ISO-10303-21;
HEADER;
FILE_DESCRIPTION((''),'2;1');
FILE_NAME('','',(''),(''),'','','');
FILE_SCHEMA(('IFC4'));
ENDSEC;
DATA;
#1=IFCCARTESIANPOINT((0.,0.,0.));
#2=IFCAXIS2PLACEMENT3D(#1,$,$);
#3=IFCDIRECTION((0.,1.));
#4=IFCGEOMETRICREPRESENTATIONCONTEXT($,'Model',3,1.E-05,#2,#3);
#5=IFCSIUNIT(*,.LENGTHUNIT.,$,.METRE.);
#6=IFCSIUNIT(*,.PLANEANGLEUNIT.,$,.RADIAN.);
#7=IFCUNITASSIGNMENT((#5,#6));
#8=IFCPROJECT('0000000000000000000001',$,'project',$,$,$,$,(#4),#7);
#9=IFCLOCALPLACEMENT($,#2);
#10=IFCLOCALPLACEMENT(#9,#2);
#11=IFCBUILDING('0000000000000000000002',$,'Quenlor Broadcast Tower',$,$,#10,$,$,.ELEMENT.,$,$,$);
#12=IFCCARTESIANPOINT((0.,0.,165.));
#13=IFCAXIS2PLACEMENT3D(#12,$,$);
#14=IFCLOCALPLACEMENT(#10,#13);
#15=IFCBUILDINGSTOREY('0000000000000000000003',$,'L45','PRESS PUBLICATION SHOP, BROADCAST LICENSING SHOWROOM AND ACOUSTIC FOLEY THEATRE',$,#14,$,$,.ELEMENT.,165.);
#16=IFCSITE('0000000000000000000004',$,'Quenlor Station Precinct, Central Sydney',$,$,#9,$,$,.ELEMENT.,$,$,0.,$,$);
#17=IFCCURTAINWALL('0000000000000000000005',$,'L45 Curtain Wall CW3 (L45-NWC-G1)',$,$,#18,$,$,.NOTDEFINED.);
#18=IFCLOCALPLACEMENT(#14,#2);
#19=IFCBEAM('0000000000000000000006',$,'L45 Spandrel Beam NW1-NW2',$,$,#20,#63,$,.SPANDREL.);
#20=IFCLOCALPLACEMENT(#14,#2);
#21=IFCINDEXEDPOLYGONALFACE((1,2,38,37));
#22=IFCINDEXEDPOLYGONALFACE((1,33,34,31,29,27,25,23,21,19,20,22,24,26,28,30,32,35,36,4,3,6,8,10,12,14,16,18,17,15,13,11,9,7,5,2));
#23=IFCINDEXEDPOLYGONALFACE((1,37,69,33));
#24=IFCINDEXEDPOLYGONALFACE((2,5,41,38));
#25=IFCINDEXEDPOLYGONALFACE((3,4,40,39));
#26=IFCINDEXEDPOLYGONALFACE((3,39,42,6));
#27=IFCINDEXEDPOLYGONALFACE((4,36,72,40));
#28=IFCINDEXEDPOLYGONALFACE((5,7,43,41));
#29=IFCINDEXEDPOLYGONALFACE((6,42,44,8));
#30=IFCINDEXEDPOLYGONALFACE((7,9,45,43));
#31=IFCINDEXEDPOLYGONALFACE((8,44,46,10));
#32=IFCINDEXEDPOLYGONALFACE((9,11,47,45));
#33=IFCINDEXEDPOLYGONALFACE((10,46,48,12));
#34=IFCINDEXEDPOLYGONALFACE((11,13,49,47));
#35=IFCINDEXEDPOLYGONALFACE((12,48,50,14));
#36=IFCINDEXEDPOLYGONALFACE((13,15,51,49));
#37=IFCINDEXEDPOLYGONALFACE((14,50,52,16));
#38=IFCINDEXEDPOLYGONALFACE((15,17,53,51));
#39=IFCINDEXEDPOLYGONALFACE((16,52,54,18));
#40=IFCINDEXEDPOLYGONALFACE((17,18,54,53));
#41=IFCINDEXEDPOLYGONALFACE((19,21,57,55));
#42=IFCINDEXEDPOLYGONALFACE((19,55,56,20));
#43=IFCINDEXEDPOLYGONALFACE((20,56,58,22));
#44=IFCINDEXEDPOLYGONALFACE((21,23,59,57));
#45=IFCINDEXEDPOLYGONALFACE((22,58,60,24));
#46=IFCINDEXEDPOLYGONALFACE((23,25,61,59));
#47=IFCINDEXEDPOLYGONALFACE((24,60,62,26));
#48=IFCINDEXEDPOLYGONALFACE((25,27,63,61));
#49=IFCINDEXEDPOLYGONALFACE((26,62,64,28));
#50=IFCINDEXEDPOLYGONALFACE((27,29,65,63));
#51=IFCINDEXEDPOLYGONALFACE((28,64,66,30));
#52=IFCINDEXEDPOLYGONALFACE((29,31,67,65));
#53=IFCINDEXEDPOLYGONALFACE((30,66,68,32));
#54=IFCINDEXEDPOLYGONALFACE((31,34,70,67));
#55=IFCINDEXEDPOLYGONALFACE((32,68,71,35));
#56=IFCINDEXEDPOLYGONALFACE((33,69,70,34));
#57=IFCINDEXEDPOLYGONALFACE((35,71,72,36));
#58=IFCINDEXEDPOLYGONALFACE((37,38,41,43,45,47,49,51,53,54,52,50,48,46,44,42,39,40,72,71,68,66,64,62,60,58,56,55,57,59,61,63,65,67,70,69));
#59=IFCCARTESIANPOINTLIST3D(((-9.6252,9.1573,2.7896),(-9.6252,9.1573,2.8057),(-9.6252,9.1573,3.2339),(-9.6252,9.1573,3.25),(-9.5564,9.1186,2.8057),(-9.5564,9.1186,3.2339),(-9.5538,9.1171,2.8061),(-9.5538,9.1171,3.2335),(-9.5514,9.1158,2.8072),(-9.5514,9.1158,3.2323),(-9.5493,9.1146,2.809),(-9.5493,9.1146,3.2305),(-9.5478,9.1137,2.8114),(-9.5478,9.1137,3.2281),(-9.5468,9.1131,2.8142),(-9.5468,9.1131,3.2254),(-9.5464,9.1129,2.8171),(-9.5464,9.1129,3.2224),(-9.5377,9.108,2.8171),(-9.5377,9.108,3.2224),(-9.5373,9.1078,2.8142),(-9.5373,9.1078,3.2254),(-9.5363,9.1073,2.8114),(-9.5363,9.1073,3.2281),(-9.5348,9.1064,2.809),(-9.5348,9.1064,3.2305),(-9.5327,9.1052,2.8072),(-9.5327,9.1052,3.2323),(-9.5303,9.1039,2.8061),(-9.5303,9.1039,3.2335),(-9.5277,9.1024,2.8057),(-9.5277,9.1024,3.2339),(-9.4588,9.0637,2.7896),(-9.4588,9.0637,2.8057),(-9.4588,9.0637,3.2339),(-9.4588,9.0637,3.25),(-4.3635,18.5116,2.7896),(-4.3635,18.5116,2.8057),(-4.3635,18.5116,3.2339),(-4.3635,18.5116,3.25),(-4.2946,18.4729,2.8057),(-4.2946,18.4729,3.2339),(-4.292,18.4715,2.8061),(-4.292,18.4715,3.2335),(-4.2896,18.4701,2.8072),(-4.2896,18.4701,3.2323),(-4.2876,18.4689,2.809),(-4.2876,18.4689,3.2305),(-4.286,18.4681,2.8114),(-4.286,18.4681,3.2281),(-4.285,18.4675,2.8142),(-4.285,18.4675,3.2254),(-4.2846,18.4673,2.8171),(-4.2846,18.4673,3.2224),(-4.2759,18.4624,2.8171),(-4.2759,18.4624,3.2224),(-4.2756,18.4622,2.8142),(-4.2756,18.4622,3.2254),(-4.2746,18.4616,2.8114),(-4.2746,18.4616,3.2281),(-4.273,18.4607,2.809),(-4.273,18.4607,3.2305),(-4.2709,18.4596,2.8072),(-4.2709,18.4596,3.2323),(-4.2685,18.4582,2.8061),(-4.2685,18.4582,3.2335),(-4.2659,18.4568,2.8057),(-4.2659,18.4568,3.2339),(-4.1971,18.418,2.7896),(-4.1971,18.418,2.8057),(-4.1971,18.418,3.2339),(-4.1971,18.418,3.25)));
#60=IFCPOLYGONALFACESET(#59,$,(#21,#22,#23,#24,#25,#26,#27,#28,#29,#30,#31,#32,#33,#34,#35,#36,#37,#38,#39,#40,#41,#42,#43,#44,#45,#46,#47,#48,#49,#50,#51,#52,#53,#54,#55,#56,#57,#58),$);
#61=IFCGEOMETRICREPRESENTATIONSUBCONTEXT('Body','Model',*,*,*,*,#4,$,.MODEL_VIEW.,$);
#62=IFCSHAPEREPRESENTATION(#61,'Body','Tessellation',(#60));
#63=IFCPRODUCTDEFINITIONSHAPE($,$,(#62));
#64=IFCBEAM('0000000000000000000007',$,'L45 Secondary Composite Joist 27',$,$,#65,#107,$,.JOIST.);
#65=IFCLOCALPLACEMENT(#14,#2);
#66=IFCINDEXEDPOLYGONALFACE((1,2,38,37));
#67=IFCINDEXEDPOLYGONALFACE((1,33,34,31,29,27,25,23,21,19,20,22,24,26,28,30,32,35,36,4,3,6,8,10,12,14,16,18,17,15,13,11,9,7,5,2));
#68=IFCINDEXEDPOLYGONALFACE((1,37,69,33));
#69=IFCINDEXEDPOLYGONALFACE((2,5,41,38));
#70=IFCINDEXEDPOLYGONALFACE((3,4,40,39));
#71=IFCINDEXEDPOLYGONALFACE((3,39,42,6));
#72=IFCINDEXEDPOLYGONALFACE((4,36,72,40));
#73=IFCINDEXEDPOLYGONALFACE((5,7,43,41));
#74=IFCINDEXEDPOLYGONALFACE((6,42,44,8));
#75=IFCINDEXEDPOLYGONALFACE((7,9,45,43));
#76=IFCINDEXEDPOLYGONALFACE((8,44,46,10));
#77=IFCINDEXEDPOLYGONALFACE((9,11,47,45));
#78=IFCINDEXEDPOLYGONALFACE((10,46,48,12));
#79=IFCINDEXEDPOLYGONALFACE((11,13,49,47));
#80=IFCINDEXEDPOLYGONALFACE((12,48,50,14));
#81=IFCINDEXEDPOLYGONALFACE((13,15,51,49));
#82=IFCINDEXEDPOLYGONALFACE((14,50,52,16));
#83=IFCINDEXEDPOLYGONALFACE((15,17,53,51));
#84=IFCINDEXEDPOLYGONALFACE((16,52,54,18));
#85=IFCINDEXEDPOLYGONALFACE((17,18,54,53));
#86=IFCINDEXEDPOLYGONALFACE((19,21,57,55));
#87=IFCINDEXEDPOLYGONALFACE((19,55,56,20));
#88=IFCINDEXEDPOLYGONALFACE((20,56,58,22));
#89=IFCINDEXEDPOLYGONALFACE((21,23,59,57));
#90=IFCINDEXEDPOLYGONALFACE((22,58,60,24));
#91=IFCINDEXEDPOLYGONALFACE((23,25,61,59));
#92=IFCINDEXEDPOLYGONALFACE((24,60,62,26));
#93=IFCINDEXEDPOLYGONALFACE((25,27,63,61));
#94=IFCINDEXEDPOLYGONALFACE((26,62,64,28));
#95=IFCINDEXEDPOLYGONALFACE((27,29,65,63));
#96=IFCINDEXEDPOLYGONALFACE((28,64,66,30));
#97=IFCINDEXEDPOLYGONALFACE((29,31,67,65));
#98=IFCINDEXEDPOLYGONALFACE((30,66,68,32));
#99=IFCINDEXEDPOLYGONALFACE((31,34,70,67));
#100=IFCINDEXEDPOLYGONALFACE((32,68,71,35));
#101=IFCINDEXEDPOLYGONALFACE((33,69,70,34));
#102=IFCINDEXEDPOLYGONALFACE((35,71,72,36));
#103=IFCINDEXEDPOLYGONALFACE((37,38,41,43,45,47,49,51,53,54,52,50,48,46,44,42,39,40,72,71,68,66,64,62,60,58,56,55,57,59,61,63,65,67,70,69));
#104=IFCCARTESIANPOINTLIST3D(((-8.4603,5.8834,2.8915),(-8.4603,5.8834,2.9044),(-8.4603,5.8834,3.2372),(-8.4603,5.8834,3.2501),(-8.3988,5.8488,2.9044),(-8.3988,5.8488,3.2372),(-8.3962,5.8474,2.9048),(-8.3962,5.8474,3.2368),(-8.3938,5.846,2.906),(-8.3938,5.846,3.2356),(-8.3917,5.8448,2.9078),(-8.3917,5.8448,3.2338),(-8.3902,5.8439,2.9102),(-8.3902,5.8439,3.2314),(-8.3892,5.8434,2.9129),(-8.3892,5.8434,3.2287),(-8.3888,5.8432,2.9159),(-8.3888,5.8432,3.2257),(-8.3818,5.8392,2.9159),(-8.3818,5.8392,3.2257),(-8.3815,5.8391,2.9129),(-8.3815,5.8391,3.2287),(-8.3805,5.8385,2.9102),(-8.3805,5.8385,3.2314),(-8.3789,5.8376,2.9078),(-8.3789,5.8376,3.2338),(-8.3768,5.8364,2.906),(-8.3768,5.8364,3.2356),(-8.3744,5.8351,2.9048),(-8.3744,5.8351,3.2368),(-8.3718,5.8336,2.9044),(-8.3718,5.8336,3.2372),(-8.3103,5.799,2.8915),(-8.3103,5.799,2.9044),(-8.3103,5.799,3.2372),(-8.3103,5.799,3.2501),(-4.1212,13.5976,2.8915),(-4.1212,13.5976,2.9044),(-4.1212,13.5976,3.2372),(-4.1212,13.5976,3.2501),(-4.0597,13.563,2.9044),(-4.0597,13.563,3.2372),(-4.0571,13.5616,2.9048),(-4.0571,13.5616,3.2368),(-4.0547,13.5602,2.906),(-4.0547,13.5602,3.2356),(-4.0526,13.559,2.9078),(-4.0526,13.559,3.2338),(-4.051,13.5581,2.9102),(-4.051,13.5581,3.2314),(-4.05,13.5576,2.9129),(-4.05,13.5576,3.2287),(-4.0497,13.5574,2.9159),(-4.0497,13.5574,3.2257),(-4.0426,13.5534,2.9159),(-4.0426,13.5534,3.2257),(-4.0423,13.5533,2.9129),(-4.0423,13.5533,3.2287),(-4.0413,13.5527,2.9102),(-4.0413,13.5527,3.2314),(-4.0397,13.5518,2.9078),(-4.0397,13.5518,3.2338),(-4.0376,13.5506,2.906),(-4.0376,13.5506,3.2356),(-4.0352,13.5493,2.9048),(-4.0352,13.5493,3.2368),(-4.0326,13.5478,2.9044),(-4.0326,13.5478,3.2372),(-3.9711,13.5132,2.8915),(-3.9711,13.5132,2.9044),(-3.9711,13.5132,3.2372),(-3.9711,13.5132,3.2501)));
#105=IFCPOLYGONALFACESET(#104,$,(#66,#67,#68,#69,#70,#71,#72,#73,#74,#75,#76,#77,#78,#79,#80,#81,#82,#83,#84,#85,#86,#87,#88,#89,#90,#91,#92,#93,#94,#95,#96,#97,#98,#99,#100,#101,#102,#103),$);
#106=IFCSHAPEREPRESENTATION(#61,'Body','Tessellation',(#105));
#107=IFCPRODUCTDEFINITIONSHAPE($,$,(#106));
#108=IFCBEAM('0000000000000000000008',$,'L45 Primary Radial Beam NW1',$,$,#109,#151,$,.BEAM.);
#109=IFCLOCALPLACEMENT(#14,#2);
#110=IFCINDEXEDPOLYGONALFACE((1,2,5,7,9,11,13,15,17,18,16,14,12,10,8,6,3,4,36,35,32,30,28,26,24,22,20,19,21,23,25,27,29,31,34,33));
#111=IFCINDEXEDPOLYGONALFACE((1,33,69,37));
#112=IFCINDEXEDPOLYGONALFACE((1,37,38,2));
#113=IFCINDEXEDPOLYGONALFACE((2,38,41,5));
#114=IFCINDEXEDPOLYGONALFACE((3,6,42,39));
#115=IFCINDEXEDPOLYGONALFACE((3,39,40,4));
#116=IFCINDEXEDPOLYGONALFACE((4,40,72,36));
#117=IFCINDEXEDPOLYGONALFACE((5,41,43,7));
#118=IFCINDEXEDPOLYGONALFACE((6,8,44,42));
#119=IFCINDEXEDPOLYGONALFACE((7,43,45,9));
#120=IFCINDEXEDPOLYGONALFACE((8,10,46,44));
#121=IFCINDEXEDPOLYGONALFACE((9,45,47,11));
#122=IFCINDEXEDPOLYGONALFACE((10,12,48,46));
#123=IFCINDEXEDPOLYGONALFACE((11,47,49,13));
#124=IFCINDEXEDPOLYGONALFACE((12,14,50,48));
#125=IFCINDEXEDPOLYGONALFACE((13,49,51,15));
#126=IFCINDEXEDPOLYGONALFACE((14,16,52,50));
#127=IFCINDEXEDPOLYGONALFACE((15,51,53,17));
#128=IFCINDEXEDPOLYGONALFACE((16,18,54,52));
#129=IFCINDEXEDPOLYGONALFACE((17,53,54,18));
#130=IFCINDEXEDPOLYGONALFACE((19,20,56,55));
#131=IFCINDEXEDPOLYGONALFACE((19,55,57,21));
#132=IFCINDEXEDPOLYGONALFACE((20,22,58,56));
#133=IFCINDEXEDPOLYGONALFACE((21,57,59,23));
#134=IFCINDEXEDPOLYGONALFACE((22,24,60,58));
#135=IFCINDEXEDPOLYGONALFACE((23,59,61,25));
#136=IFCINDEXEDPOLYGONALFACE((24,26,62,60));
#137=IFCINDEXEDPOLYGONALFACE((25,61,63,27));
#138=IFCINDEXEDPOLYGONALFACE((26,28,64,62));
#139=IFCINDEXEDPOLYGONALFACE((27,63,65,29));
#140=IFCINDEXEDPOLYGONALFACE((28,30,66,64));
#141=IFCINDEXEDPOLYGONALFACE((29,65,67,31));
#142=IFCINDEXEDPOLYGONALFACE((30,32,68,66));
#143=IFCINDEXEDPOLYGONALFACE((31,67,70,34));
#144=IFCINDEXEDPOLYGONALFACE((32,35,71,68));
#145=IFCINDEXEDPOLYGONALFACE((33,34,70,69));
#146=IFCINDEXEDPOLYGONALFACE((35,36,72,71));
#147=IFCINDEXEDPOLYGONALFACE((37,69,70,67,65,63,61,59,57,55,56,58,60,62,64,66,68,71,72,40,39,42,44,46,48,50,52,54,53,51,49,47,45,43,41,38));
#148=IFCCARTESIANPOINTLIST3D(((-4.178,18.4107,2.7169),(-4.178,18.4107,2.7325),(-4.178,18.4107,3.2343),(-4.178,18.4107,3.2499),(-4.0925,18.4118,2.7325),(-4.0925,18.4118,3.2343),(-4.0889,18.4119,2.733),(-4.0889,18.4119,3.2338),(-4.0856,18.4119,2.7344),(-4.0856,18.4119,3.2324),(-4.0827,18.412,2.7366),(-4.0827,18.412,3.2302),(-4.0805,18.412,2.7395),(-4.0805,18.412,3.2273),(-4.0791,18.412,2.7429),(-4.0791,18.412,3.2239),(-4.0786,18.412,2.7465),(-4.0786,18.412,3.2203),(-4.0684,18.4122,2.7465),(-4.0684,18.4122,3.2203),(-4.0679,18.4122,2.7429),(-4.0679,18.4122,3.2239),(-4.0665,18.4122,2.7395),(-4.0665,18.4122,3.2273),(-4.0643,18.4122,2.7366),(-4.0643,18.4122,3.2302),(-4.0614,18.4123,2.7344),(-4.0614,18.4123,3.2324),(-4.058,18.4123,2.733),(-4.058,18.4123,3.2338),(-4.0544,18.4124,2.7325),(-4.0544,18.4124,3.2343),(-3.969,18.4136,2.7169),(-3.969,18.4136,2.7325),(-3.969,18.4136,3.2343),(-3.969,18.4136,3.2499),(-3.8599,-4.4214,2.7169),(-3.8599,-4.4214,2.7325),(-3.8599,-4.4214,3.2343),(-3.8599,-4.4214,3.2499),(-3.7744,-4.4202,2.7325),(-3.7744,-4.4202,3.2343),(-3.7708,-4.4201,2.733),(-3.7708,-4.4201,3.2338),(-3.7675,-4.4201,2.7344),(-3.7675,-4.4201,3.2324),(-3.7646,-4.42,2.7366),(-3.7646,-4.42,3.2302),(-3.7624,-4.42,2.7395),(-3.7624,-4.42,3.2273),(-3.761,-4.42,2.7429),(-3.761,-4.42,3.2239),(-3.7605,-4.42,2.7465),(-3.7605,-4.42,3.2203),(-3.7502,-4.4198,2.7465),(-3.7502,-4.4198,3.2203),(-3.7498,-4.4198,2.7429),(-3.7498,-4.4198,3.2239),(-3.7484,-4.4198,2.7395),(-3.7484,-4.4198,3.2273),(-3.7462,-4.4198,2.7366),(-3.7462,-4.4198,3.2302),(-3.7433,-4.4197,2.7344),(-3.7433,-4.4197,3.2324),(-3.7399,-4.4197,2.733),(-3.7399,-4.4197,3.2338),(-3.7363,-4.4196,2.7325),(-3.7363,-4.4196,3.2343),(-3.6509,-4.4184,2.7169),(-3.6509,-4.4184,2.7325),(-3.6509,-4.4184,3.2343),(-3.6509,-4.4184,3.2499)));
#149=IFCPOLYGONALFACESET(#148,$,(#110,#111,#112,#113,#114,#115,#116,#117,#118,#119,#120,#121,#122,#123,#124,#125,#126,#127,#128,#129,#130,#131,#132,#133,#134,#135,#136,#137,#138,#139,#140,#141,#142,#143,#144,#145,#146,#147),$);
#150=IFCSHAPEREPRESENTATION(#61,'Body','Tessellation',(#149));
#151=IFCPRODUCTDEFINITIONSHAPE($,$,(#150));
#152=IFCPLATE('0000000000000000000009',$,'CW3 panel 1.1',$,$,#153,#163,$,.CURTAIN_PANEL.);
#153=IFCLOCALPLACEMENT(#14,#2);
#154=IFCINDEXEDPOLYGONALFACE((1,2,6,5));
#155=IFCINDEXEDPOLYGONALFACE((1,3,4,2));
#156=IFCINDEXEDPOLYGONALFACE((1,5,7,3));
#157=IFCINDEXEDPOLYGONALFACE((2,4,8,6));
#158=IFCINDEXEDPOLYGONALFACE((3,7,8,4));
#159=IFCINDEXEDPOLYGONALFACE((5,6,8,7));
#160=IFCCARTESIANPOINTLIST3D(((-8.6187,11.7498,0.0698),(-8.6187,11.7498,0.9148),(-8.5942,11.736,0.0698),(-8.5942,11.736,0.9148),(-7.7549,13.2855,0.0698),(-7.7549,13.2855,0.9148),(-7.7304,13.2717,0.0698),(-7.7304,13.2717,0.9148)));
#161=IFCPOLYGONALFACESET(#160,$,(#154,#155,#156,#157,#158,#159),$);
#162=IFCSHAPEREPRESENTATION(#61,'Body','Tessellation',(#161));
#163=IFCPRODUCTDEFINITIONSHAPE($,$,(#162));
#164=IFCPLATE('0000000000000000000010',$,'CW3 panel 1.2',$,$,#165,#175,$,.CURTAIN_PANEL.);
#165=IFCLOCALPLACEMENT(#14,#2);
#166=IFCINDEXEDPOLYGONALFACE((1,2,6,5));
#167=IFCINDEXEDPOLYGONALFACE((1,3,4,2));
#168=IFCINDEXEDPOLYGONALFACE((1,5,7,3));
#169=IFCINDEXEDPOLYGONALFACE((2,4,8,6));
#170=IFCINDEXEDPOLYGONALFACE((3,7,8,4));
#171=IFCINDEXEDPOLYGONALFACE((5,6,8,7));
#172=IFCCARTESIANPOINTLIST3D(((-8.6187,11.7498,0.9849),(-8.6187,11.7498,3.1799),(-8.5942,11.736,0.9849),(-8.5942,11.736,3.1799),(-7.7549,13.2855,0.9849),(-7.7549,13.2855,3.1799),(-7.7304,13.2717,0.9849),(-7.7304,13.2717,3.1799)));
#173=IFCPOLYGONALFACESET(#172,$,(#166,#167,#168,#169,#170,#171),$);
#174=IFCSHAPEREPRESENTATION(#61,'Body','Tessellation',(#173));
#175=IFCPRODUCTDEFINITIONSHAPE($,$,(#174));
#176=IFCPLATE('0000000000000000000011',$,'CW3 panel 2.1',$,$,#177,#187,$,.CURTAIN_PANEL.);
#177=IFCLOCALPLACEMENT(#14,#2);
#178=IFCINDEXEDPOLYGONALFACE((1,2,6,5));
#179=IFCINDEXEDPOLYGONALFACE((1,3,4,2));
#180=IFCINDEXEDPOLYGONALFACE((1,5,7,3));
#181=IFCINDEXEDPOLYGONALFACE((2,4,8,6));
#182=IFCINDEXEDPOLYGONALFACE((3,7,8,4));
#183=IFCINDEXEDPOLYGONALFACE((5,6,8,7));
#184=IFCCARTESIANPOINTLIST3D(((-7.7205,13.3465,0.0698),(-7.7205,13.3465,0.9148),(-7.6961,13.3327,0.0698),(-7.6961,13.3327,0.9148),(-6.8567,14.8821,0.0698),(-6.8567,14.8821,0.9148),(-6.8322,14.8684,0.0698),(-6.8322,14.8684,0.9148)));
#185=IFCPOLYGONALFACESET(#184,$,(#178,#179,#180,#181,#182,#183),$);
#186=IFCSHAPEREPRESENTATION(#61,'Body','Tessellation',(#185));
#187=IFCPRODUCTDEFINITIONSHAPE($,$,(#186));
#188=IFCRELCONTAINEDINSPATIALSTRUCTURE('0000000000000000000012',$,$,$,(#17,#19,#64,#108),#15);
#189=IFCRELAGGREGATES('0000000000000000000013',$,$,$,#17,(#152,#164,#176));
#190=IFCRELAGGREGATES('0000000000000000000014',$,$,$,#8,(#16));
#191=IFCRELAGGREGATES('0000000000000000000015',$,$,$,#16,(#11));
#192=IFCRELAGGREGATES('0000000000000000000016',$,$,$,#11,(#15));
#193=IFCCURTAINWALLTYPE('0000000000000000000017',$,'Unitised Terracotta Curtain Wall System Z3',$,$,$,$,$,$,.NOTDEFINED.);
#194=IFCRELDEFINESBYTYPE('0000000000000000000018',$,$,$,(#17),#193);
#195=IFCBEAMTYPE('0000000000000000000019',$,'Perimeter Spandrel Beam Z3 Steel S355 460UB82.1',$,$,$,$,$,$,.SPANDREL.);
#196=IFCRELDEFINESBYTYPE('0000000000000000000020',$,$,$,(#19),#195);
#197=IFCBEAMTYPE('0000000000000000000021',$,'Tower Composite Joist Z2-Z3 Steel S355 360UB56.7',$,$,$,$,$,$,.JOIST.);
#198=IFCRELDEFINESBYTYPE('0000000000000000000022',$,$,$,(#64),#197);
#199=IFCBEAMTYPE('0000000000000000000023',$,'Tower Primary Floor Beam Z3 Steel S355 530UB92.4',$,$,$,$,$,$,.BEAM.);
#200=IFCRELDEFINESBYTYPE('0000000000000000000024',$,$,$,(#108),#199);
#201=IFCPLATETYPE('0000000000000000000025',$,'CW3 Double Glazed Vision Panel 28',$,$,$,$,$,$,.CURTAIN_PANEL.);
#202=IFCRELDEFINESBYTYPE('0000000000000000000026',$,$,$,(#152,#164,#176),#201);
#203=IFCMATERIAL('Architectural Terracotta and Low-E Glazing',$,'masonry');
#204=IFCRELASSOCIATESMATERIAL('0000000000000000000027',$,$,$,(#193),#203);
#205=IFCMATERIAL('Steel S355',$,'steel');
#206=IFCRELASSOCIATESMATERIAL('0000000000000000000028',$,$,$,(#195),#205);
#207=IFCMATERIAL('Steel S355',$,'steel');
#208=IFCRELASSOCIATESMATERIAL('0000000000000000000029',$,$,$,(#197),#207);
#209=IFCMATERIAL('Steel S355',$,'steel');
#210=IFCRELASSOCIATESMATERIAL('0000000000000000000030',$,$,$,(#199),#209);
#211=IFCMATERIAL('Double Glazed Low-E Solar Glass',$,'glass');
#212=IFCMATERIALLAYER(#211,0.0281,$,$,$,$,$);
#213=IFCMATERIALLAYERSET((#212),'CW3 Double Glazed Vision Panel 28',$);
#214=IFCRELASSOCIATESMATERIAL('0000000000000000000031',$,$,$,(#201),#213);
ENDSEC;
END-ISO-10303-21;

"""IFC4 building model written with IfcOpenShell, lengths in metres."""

from ifc_helpers import new_model, si_unit, direction, frame, origin, origin_2d, place, context, subcontext, project, spatial, rectangle, i_section, extrude, material, layer, layer_set, material_profile, profile_set, type_object, element, aggregate, save


model = new_model("IFC4")

# Units and contexts
model_context = context("Model", 3, precision=1e-05, world=origin(), true_north=direction((0.0, 1.0)))
body_context = subcontext(model_context, "Body", "Model", "MODEL_VIEW")
ifc_project = project(units=[si_unit("LENGTHUNIT", "METRE"), si_unit("PLANEANGLEUNIT", "RADIAN")], contexts=[model_context])

# Site, building, storey
site_placement = place(None, origin())
site = spatial("IfcSite", under=ifc_project, at=site_placement, Name="Quenlor Station Precinct, Central Sydney", CompositionType="ELEMENT", RefElevation=0.0)
building_placement = place(site_placement, origin())
building = spatial("IfcBuilding", under=site, at=building_placement, Name="Quenlor Broadcast Tower", CompositionType="ELEMENT")
storey_placement = place(building_placement, frame((0.0, 0.0, 165.0)))
storey = spatial("IfcBuildingStorey", under=building, at=storey_placement, Name="L45", Description="PRESS PUBLICATION SHOP, BROADCAST LICENSING SHOWROOM AND ACOUSTIC FOLEY THEATRE", CompositionType="ELEMENT", Elevation=165.0)

# Curtain wall
ifc_material_1 = material(Name="Architectural Terracotta and Low-E Glazing", Category="masonry")
curtain_wall_type = type_object("IfcCurtainWallType", Name="Unitised Terracotta Curtain Wall System Z3", PredefinedType="NOTDEFINED", material=ifc_material_1)
curtain_wall_placement = place(storey_placement, origin())
curtain_wall = element("IfcCurtainWall", 1, at=curtain_wall_placement, inside=storey, type_object=curtain_wall_type, Name="L45 Curtain Wall CW3 (L45-NWC-G1)", PredefinedType="NOTDEFINED")

# Beams
ifc_material_2 = material(Name="Steel S355", Category="steel")
ifc_material_profile_1 = material_profile(ifc_material_2, i_section(OverallWidth=0.1909, OverallDepth=0.4604, WebThickness=0.01, FlangeThickness=0.0161, FilletRadius=0.0115, at=origin_2d()))
ifc_profile_set_1 = profile_set([ifc_material_profile_1], Name="Steel S355 460UB82.1")
beam_type_1 = type_object("IfcBeamType", Name="Perimeter Spandrel Beam Z3 Steel S355 460UB82.1", PredefinedType="SPANDREL", material=ifc_profile_set_1)
beam_1_placement = place(storey_placement, frame((-4.2803, 18.4648, 3.0198), z_axis=(-0.490258, -0.871577, 0.0), x_axis=(0.871577, -0.490258, 0.0)))
element("IfcBeam", 2, at=beam_1_placement, inside=storey, type_object=beam_type_1, Name="L45 Spandrel Beam NW1-NW2", PredefinedType="SPANDREL", context=body_context, shape_type="SweptSolid", body=[
    extrude(i_section(OverallWidth=0.1909, OverallDepth=0.4604, WebThickness=0.01, FlangeThickness=0.0161, FilletRadius=0.0115, at=origin_2d()), origin(), (0.0, 0.0, 1.0), 10.7327),
])
ifc_material_3 = material(Name="Steel S355", Category="steel")
ifc_material_profile_2 = material_profile(ifc_material_3, i_section(OverallWidth=0.1721, OverallDepth=0.3586, WebThickness=0.0081, FlangeThickness=0.0129, FilletRadius=0.0115, at=origin_2d()))
ifc_profile_set_2 = profile_set([ifc_material_profile_2], Name="Steel S355 360UB56.7")
beam_type_2 = type_object("IfcBeamType", Name="Tower Composite Joist Z2-Z3 Steel S355 360UB56.7", PredefinedType="JOIST", material=ifc_profile_set_2)
beam_2_placement = place(storey_placement, frame((-4.0461, 13.5554, 3.0708), z_axis=(-0.490255, -0.871579, 0.0), x_axis=(0.871579, -0.490255, 0.0)))
element("IfcBeam", 3, at=beam_2_placement, inside=storey, type_object=beam_type_2, Name="L45 Secondary Composite Joist 27", PredefinedType="JOIST", context=body_context, shape_type="SweptSolid", body=[
    extrude(i_section(OverallWidth=0.1721, OverallDepth=0.3586, WebThickness=0.0081, FlangeThickness=0.0129, FilletRadius=0.0115, at=origin_2d()), origin(), (0.0, 0.0, 1.0), 8.8508),
])
ifc_material_4 = material(Name="Steel S355", Category="steel")
ifc_material_profile_3 = material_profile(ifc_material_4, i_section(OverallWidth=0.209, OverallDepth=0.533, WebThickness=0.0103, FlangeThickness=0.0156, FilletRadius=0.0139, at=origin_2d()))
ifc_profile_set_3 = profile_set([ifc_material_profile_3], Name="Steel S355 530UB92.4")
beam_type_3 = type_object("IfcBeamType", Name="Tower Primary Floor Beam Z3 Steel S355 530UB92.4", PredefinedType="BEAM", material=ifc_profile_set_3)
beam_3_placement = place(storey_placement, frame((-4.0735, 18.4121, 2.9834), z_axis=(0.013931, -0.999903, 0.0), x_axis=(0.999903, 0.013931, 0.0)))
element("IfcBeam", 4, at=beam_3_placement, inside=storey, type_object=beam_type_3, Name="L45 Primary Radial Beam NW1", PredefinedType="BEAM", context=body_context, shape_type="SweptSolid", body=[
    extrude(i_section(OverallWidth=0.209, OverallDepth=0.533, WebThickness=0.0103, FlangeThickness=0.0156, FilletRadius=0.0139, at=origin_2d()), origin(), (0.0, 0.0, 1.0), 22.8342),
])

# Plates
ifc_material_5 = material(Name="Double Glazed Low-E Solar Glass", Category="glass")
ifc_layer_1 = layer(ifc_material_5, 0.0281)
ifc_layer_set_1 = layer_set([ifc_layer_1], Name="CW3 Double Glazed Vision Panel 28")
plate_type_1 = type_object("IfcPlateType", Name="CW3 Double Glazed Vision Panel 28", PredefinedType="CURTAIN_PANEL", material=ifc_layer_set_1)
plate_1_placement = place(storey_placement, frame((-8.1746, 12.5107, 0.0698), z_axis=(0.0, 0.0, 1.0), x_axis=(0.49027, 0.871571, 0.0)))
plate_1 = element("IfcPlate", 5, at=plate_1_placement, type_object=plate_type_1, Name="CW3 panel 1.1", PredefinedType="CURTAIN_PANEL", context=body_context, shape_type="SweptSolid", body=[
    extrude(rectangle(XDim=1.762, YDim=0.0281, at=origin_2d()), origin(), (0.0, 0.0, 1.0), 0.845),
])
plate_2_placement = place(storey_placement, frame((-8.1746, 12.5107, 0.9849), z_axis=(0.0, 0.0, 1.0), x_axis=(0.49027, 0.871571, 0.0)))
plate_2 = element("IfcPlate", 6, at=plate_2_placement, type_object=plate_type_1, Name="CW3 panel 1.2", PredefinedType="CURTAIN_PANEL", context=body_context, shape_type="SweptSolid", body=[
    extrude(rectangle(XDim=1.762, YDim=0.0281, at=origin_2d()), origin(), (0.0, 0.0, 1.0), 2.1951),
])
plate_3_placement = place(storey_placement, frame((-7.2764, 14.1074, 0.0698), z_axis=(0.0, 0.0, 1.0), x_axis=(0.49027, 0.871571, 0.0)))
plate_3 = element("IfcPlate", 7, at=plate_3_placement, type_object=plate_type_1, Name="CW3 panel 2.1", PredefinedType="CURTAIN_PANEL", context=body_context, shape_type="SweptSolid", body=[
    extrude(rectangle(XDim=1.762, YDim=0.0281, at=origin_2d()), origin(), (0.0, 0.0, 1.0), 0.845),
])
aggregate(curtain_wall, [plate_1, plate_2, plate_3])

save(model, "model.ifc")
